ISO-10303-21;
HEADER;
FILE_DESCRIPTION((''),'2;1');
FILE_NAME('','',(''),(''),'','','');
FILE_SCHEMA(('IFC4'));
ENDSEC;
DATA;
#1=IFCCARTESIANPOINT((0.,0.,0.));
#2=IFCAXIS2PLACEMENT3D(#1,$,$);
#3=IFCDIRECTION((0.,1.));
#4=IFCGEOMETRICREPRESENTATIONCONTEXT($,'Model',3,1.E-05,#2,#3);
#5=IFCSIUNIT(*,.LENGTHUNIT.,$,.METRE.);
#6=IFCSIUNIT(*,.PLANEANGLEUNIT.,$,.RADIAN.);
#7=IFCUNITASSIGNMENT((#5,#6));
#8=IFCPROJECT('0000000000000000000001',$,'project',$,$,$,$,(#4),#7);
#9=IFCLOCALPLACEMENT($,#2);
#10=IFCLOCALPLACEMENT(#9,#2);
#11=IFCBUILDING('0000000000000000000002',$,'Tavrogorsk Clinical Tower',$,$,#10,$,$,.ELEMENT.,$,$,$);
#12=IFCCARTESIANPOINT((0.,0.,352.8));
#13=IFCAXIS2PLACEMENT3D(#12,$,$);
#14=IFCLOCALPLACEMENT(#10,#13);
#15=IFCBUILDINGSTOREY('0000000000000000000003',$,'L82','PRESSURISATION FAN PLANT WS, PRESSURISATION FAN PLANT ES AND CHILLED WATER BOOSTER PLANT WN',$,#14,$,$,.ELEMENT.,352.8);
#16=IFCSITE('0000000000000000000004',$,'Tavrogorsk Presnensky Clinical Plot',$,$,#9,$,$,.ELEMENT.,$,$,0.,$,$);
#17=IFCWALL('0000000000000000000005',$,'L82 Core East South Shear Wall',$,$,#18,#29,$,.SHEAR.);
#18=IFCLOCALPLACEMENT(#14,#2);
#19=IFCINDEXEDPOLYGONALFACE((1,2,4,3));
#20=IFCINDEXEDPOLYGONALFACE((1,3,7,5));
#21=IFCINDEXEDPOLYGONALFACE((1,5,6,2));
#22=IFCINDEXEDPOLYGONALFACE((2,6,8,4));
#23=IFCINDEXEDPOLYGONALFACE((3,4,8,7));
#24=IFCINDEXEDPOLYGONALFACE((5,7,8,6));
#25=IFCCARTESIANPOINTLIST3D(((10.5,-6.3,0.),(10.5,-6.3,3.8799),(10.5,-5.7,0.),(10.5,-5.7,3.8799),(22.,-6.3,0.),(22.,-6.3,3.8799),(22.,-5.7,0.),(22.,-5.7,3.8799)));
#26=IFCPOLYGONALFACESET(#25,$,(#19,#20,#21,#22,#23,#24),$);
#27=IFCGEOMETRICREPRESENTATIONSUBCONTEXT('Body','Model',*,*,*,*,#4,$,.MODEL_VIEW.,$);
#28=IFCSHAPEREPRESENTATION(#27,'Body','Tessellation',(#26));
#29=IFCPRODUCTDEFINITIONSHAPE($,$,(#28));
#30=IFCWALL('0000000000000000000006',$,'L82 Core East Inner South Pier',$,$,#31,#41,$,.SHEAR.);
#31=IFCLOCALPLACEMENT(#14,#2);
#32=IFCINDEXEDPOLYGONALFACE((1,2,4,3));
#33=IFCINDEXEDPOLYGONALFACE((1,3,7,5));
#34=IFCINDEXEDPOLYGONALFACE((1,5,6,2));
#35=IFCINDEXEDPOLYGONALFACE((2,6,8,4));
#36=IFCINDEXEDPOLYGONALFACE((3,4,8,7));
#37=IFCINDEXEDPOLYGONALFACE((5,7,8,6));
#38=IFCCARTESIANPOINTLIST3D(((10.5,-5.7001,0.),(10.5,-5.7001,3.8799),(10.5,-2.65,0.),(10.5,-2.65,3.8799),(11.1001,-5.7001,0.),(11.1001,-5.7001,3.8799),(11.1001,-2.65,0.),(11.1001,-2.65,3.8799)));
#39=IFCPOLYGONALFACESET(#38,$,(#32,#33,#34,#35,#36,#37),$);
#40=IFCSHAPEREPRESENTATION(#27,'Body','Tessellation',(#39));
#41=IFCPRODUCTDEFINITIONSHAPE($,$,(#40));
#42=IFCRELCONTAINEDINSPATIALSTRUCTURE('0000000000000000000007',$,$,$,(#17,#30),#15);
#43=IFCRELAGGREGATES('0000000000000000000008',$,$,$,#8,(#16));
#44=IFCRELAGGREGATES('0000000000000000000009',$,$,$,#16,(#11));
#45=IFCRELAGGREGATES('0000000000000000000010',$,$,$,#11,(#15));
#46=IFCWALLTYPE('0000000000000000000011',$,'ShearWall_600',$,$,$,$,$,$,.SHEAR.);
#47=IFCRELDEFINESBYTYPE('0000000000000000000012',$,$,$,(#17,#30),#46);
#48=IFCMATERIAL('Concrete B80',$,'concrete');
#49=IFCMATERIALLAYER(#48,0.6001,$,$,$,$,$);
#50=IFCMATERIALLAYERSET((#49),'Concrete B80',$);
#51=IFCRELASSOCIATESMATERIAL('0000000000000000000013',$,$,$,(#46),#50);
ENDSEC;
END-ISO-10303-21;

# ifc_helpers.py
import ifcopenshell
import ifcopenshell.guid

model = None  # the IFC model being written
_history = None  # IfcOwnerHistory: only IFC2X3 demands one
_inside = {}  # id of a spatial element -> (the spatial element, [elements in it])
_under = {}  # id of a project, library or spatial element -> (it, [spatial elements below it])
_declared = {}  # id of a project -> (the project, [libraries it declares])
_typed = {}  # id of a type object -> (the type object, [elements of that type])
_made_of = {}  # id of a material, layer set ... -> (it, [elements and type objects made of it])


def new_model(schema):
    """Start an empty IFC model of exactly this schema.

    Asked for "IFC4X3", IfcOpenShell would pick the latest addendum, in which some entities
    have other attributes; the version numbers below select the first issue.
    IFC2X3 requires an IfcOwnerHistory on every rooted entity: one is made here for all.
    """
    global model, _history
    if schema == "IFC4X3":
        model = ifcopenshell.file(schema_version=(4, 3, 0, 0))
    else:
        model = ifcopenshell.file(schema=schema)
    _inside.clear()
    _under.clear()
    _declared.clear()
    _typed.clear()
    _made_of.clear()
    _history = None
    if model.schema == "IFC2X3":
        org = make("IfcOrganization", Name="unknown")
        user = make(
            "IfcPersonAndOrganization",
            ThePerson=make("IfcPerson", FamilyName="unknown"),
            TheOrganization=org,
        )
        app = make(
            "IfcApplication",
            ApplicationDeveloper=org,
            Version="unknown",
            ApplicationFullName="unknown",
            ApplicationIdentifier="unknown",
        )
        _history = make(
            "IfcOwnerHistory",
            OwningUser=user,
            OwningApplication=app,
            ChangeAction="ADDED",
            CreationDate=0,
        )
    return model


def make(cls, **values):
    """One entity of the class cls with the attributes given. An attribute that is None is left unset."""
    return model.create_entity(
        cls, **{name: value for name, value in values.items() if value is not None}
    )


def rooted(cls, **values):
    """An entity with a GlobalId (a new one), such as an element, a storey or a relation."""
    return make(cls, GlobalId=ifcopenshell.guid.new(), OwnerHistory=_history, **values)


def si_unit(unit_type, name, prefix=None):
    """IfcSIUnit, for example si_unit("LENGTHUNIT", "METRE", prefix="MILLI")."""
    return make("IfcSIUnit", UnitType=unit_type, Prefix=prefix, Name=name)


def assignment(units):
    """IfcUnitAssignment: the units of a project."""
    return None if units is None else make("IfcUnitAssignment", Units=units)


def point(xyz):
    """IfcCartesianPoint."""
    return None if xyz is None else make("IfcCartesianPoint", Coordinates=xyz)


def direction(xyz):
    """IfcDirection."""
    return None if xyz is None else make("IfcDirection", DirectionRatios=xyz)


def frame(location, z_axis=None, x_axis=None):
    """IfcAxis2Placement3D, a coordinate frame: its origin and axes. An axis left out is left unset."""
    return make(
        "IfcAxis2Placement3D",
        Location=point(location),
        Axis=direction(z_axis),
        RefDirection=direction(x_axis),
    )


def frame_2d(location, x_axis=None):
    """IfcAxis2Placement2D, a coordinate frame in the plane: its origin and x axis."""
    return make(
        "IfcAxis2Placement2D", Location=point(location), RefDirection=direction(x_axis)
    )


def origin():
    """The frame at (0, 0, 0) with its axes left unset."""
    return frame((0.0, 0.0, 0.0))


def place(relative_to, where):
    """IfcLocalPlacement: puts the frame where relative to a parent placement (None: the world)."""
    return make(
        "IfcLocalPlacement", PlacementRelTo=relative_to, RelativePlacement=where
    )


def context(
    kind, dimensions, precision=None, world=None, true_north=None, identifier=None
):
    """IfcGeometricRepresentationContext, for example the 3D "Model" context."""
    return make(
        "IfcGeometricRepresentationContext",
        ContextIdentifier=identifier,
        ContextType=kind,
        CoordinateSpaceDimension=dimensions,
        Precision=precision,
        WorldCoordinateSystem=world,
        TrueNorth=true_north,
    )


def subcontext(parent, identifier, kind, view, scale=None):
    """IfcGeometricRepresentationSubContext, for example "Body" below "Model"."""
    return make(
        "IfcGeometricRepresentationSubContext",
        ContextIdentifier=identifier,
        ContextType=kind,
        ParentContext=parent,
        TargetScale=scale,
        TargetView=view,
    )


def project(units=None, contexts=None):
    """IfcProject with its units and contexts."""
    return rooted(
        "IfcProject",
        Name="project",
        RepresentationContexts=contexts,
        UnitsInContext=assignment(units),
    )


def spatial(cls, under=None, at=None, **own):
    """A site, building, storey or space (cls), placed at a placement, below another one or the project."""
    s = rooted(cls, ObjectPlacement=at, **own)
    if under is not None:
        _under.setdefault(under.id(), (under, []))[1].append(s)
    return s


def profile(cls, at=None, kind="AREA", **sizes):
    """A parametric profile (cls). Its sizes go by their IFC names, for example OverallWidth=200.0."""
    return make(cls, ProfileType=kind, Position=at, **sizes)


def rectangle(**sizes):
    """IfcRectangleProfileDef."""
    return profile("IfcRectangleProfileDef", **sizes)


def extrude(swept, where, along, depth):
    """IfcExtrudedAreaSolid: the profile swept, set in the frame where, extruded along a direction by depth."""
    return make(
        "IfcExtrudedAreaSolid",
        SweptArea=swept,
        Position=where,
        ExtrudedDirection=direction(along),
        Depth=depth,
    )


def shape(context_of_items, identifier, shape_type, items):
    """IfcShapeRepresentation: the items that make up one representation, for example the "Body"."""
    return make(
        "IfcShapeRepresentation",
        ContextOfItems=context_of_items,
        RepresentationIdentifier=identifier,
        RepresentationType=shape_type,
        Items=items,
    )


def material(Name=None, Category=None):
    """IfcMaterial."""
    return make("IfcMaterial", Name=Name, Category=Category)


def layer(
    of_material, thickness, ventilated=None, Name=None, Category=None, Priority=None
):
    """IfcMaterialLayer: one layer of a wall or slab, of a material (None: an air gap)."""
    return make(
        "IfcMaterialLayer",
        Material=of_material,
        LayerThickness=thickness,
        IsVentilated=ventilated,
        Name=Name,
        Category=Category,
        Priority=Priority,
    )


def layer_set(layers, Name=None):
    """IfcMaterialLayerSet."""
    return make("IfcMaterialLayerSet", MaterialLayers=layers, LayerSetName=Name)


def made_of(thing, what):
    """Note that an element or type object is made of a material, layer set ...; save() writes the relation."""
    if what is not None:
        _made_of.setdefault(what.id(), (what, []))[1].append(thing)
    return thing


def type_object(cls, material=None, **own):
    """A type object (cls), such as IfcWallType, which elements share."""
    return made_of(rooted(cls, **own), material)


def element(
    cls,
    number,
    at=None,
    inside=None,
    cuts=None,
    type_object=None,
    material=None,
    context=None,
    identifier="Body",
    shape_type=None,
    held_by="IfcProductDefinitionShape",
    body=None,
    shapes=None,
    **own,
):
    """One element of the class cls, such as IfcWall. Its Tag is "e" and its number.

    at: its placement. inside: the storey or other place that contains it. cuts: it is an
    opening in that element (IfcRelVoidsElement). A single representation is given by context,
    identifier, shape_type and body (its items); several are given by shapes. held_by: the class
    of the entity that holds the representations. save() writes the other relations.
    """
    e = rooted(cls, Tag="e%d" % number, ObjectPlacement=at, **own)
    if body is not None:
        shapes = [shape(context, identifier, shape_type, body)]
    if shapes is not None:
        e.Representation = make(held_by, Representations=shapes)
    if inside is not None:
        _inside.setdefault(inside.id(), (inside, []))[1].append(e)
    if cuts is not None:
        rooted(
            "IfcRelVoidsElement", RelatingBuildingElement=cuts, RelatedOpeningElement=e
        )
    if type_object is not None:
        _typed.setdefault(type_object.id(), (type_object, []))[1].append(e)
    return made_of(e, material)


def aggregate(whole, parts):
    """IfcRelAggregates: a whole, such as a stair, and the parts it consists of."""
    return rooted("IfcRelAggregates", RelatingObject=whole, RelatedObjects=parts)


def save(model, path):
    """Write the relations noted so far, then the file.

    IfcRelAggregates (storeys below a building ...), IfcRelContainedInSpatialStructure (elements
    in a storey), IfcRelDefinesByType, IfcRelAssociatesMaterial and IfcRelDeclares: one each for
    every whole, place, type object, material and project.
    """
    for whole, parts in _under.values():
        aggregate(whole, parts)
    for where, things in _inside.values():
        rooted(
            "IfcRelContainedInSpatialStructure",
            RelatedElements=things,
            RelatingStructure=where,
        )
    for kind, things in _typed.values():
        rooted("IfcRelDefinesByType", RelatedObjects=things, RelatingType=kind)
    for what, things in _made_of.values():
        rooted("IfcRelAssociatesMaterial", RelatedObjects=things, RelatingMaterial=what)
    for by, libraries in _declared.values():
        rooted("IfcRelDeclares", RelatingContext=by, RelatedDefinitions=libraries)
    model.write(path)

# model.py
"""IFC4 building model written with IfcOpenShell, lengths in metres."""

from ifc_helpers import new_model, si_unit, direction, frame, frame_2d, origin, place, context, subcontext, project, spatial, rectangle, extrude, material, layer, layer_set, type_object, element, save


model = new_model("IFC4")

# Units and contexts
model_context = context("Model", 3, precision=1e-05, world=origin(), true_north=direction((0.0, 1.0)))
body_context = subcontext(model_context, "Body", "Model", "MODEL_VIEW")
ifc_project = project(units=[si_unit("LENGTHUNIT", "METRE"), si_unit("PLANEANGLEUNIT", "RADIAN")], contexts=[model_context])

# Site, building, storey
site_placement = place(None, origin())
site = spatial("IfcSite", under=ifc_project, at=site_placement, Name="Tavrogorsk Presnensky Clinical Plot", CompositionType="ELEMENT", RefElevation=0.0)
building_placement = place(site_placement, origin())
building = spatial("IfcBuilding", under=site, at=building_placement, Name="Tavrogorsk Clinical Tower", CompositionType="ELEMENT")
storey_placement = place(building_placement, frame((0.0, 0.0, 352.8)))
storey = spatial("IfcBuildingStorey", under=building, at=storey_placement, Name="L82", Description="PRESSURISATION FAN PLANT WS, PRESSURISATION FAN PLANT ES AND CHILLED WATER BOOSTER PLANT WN", CompositionType="ELEMENT", Elevation=352.8)

# Walls
ifc_material_1 = material(Name="Concrete B80", Category="concrete")
ifc_layer_1 = layer(ifc_material_1, 0.6001)
ifc_layer_set_1 = layer_set([ifc_layer_1], Name="Concrete B80")
wall_type_1 = type_object("IfcWallType", Name="ShearWall_600", PredefinedType="SHEAR", material=ifc_layer_set_1)
wall_1_placement = place(storey_placement, frame((10.5, -6.0, 0.0), z_axis=(0.0, 0.0, 1.0), x_axis=(1.0, 0.0, 0.0)))
element("IfcWall", 1, at=wall_1_placement, inside=storey, type_object=wall_type_1, Name="L82 Core East South Shear Wall", PredefinedType="SHEAR", context=body_context, shape_type="SweptSolid", body=[
    extrude(rectangle(XDim=11.5, YDim=0.6001, at=frame_2d((5.75, 0.0))), origin(), (0.0, 0.0, 1.0), 3.8799),
])
wall_2_placement = place(storey_placement, frame((10.8, -5.7, 0.0), z_axis=(0.0, 0.0, 1.0), x_axis=(0.0, 1.0, 0.0)))
element("IfcWall", 2, at=wall_2_placement, inside=storey, type_object=wall_type_1, Name="L82 Core East Inner South Pier", PredefinedType="SHEAR", context=body_context, shape_type="SweptSolid", body=[
    extrude(rectangle(XDim=3.05, YDim=0.6001, at=frame_2d((1.5249, 0.0))), origin(), (0.0, 0.0, 1.0), 3.8799),
])

save(model, "model.ifc")
